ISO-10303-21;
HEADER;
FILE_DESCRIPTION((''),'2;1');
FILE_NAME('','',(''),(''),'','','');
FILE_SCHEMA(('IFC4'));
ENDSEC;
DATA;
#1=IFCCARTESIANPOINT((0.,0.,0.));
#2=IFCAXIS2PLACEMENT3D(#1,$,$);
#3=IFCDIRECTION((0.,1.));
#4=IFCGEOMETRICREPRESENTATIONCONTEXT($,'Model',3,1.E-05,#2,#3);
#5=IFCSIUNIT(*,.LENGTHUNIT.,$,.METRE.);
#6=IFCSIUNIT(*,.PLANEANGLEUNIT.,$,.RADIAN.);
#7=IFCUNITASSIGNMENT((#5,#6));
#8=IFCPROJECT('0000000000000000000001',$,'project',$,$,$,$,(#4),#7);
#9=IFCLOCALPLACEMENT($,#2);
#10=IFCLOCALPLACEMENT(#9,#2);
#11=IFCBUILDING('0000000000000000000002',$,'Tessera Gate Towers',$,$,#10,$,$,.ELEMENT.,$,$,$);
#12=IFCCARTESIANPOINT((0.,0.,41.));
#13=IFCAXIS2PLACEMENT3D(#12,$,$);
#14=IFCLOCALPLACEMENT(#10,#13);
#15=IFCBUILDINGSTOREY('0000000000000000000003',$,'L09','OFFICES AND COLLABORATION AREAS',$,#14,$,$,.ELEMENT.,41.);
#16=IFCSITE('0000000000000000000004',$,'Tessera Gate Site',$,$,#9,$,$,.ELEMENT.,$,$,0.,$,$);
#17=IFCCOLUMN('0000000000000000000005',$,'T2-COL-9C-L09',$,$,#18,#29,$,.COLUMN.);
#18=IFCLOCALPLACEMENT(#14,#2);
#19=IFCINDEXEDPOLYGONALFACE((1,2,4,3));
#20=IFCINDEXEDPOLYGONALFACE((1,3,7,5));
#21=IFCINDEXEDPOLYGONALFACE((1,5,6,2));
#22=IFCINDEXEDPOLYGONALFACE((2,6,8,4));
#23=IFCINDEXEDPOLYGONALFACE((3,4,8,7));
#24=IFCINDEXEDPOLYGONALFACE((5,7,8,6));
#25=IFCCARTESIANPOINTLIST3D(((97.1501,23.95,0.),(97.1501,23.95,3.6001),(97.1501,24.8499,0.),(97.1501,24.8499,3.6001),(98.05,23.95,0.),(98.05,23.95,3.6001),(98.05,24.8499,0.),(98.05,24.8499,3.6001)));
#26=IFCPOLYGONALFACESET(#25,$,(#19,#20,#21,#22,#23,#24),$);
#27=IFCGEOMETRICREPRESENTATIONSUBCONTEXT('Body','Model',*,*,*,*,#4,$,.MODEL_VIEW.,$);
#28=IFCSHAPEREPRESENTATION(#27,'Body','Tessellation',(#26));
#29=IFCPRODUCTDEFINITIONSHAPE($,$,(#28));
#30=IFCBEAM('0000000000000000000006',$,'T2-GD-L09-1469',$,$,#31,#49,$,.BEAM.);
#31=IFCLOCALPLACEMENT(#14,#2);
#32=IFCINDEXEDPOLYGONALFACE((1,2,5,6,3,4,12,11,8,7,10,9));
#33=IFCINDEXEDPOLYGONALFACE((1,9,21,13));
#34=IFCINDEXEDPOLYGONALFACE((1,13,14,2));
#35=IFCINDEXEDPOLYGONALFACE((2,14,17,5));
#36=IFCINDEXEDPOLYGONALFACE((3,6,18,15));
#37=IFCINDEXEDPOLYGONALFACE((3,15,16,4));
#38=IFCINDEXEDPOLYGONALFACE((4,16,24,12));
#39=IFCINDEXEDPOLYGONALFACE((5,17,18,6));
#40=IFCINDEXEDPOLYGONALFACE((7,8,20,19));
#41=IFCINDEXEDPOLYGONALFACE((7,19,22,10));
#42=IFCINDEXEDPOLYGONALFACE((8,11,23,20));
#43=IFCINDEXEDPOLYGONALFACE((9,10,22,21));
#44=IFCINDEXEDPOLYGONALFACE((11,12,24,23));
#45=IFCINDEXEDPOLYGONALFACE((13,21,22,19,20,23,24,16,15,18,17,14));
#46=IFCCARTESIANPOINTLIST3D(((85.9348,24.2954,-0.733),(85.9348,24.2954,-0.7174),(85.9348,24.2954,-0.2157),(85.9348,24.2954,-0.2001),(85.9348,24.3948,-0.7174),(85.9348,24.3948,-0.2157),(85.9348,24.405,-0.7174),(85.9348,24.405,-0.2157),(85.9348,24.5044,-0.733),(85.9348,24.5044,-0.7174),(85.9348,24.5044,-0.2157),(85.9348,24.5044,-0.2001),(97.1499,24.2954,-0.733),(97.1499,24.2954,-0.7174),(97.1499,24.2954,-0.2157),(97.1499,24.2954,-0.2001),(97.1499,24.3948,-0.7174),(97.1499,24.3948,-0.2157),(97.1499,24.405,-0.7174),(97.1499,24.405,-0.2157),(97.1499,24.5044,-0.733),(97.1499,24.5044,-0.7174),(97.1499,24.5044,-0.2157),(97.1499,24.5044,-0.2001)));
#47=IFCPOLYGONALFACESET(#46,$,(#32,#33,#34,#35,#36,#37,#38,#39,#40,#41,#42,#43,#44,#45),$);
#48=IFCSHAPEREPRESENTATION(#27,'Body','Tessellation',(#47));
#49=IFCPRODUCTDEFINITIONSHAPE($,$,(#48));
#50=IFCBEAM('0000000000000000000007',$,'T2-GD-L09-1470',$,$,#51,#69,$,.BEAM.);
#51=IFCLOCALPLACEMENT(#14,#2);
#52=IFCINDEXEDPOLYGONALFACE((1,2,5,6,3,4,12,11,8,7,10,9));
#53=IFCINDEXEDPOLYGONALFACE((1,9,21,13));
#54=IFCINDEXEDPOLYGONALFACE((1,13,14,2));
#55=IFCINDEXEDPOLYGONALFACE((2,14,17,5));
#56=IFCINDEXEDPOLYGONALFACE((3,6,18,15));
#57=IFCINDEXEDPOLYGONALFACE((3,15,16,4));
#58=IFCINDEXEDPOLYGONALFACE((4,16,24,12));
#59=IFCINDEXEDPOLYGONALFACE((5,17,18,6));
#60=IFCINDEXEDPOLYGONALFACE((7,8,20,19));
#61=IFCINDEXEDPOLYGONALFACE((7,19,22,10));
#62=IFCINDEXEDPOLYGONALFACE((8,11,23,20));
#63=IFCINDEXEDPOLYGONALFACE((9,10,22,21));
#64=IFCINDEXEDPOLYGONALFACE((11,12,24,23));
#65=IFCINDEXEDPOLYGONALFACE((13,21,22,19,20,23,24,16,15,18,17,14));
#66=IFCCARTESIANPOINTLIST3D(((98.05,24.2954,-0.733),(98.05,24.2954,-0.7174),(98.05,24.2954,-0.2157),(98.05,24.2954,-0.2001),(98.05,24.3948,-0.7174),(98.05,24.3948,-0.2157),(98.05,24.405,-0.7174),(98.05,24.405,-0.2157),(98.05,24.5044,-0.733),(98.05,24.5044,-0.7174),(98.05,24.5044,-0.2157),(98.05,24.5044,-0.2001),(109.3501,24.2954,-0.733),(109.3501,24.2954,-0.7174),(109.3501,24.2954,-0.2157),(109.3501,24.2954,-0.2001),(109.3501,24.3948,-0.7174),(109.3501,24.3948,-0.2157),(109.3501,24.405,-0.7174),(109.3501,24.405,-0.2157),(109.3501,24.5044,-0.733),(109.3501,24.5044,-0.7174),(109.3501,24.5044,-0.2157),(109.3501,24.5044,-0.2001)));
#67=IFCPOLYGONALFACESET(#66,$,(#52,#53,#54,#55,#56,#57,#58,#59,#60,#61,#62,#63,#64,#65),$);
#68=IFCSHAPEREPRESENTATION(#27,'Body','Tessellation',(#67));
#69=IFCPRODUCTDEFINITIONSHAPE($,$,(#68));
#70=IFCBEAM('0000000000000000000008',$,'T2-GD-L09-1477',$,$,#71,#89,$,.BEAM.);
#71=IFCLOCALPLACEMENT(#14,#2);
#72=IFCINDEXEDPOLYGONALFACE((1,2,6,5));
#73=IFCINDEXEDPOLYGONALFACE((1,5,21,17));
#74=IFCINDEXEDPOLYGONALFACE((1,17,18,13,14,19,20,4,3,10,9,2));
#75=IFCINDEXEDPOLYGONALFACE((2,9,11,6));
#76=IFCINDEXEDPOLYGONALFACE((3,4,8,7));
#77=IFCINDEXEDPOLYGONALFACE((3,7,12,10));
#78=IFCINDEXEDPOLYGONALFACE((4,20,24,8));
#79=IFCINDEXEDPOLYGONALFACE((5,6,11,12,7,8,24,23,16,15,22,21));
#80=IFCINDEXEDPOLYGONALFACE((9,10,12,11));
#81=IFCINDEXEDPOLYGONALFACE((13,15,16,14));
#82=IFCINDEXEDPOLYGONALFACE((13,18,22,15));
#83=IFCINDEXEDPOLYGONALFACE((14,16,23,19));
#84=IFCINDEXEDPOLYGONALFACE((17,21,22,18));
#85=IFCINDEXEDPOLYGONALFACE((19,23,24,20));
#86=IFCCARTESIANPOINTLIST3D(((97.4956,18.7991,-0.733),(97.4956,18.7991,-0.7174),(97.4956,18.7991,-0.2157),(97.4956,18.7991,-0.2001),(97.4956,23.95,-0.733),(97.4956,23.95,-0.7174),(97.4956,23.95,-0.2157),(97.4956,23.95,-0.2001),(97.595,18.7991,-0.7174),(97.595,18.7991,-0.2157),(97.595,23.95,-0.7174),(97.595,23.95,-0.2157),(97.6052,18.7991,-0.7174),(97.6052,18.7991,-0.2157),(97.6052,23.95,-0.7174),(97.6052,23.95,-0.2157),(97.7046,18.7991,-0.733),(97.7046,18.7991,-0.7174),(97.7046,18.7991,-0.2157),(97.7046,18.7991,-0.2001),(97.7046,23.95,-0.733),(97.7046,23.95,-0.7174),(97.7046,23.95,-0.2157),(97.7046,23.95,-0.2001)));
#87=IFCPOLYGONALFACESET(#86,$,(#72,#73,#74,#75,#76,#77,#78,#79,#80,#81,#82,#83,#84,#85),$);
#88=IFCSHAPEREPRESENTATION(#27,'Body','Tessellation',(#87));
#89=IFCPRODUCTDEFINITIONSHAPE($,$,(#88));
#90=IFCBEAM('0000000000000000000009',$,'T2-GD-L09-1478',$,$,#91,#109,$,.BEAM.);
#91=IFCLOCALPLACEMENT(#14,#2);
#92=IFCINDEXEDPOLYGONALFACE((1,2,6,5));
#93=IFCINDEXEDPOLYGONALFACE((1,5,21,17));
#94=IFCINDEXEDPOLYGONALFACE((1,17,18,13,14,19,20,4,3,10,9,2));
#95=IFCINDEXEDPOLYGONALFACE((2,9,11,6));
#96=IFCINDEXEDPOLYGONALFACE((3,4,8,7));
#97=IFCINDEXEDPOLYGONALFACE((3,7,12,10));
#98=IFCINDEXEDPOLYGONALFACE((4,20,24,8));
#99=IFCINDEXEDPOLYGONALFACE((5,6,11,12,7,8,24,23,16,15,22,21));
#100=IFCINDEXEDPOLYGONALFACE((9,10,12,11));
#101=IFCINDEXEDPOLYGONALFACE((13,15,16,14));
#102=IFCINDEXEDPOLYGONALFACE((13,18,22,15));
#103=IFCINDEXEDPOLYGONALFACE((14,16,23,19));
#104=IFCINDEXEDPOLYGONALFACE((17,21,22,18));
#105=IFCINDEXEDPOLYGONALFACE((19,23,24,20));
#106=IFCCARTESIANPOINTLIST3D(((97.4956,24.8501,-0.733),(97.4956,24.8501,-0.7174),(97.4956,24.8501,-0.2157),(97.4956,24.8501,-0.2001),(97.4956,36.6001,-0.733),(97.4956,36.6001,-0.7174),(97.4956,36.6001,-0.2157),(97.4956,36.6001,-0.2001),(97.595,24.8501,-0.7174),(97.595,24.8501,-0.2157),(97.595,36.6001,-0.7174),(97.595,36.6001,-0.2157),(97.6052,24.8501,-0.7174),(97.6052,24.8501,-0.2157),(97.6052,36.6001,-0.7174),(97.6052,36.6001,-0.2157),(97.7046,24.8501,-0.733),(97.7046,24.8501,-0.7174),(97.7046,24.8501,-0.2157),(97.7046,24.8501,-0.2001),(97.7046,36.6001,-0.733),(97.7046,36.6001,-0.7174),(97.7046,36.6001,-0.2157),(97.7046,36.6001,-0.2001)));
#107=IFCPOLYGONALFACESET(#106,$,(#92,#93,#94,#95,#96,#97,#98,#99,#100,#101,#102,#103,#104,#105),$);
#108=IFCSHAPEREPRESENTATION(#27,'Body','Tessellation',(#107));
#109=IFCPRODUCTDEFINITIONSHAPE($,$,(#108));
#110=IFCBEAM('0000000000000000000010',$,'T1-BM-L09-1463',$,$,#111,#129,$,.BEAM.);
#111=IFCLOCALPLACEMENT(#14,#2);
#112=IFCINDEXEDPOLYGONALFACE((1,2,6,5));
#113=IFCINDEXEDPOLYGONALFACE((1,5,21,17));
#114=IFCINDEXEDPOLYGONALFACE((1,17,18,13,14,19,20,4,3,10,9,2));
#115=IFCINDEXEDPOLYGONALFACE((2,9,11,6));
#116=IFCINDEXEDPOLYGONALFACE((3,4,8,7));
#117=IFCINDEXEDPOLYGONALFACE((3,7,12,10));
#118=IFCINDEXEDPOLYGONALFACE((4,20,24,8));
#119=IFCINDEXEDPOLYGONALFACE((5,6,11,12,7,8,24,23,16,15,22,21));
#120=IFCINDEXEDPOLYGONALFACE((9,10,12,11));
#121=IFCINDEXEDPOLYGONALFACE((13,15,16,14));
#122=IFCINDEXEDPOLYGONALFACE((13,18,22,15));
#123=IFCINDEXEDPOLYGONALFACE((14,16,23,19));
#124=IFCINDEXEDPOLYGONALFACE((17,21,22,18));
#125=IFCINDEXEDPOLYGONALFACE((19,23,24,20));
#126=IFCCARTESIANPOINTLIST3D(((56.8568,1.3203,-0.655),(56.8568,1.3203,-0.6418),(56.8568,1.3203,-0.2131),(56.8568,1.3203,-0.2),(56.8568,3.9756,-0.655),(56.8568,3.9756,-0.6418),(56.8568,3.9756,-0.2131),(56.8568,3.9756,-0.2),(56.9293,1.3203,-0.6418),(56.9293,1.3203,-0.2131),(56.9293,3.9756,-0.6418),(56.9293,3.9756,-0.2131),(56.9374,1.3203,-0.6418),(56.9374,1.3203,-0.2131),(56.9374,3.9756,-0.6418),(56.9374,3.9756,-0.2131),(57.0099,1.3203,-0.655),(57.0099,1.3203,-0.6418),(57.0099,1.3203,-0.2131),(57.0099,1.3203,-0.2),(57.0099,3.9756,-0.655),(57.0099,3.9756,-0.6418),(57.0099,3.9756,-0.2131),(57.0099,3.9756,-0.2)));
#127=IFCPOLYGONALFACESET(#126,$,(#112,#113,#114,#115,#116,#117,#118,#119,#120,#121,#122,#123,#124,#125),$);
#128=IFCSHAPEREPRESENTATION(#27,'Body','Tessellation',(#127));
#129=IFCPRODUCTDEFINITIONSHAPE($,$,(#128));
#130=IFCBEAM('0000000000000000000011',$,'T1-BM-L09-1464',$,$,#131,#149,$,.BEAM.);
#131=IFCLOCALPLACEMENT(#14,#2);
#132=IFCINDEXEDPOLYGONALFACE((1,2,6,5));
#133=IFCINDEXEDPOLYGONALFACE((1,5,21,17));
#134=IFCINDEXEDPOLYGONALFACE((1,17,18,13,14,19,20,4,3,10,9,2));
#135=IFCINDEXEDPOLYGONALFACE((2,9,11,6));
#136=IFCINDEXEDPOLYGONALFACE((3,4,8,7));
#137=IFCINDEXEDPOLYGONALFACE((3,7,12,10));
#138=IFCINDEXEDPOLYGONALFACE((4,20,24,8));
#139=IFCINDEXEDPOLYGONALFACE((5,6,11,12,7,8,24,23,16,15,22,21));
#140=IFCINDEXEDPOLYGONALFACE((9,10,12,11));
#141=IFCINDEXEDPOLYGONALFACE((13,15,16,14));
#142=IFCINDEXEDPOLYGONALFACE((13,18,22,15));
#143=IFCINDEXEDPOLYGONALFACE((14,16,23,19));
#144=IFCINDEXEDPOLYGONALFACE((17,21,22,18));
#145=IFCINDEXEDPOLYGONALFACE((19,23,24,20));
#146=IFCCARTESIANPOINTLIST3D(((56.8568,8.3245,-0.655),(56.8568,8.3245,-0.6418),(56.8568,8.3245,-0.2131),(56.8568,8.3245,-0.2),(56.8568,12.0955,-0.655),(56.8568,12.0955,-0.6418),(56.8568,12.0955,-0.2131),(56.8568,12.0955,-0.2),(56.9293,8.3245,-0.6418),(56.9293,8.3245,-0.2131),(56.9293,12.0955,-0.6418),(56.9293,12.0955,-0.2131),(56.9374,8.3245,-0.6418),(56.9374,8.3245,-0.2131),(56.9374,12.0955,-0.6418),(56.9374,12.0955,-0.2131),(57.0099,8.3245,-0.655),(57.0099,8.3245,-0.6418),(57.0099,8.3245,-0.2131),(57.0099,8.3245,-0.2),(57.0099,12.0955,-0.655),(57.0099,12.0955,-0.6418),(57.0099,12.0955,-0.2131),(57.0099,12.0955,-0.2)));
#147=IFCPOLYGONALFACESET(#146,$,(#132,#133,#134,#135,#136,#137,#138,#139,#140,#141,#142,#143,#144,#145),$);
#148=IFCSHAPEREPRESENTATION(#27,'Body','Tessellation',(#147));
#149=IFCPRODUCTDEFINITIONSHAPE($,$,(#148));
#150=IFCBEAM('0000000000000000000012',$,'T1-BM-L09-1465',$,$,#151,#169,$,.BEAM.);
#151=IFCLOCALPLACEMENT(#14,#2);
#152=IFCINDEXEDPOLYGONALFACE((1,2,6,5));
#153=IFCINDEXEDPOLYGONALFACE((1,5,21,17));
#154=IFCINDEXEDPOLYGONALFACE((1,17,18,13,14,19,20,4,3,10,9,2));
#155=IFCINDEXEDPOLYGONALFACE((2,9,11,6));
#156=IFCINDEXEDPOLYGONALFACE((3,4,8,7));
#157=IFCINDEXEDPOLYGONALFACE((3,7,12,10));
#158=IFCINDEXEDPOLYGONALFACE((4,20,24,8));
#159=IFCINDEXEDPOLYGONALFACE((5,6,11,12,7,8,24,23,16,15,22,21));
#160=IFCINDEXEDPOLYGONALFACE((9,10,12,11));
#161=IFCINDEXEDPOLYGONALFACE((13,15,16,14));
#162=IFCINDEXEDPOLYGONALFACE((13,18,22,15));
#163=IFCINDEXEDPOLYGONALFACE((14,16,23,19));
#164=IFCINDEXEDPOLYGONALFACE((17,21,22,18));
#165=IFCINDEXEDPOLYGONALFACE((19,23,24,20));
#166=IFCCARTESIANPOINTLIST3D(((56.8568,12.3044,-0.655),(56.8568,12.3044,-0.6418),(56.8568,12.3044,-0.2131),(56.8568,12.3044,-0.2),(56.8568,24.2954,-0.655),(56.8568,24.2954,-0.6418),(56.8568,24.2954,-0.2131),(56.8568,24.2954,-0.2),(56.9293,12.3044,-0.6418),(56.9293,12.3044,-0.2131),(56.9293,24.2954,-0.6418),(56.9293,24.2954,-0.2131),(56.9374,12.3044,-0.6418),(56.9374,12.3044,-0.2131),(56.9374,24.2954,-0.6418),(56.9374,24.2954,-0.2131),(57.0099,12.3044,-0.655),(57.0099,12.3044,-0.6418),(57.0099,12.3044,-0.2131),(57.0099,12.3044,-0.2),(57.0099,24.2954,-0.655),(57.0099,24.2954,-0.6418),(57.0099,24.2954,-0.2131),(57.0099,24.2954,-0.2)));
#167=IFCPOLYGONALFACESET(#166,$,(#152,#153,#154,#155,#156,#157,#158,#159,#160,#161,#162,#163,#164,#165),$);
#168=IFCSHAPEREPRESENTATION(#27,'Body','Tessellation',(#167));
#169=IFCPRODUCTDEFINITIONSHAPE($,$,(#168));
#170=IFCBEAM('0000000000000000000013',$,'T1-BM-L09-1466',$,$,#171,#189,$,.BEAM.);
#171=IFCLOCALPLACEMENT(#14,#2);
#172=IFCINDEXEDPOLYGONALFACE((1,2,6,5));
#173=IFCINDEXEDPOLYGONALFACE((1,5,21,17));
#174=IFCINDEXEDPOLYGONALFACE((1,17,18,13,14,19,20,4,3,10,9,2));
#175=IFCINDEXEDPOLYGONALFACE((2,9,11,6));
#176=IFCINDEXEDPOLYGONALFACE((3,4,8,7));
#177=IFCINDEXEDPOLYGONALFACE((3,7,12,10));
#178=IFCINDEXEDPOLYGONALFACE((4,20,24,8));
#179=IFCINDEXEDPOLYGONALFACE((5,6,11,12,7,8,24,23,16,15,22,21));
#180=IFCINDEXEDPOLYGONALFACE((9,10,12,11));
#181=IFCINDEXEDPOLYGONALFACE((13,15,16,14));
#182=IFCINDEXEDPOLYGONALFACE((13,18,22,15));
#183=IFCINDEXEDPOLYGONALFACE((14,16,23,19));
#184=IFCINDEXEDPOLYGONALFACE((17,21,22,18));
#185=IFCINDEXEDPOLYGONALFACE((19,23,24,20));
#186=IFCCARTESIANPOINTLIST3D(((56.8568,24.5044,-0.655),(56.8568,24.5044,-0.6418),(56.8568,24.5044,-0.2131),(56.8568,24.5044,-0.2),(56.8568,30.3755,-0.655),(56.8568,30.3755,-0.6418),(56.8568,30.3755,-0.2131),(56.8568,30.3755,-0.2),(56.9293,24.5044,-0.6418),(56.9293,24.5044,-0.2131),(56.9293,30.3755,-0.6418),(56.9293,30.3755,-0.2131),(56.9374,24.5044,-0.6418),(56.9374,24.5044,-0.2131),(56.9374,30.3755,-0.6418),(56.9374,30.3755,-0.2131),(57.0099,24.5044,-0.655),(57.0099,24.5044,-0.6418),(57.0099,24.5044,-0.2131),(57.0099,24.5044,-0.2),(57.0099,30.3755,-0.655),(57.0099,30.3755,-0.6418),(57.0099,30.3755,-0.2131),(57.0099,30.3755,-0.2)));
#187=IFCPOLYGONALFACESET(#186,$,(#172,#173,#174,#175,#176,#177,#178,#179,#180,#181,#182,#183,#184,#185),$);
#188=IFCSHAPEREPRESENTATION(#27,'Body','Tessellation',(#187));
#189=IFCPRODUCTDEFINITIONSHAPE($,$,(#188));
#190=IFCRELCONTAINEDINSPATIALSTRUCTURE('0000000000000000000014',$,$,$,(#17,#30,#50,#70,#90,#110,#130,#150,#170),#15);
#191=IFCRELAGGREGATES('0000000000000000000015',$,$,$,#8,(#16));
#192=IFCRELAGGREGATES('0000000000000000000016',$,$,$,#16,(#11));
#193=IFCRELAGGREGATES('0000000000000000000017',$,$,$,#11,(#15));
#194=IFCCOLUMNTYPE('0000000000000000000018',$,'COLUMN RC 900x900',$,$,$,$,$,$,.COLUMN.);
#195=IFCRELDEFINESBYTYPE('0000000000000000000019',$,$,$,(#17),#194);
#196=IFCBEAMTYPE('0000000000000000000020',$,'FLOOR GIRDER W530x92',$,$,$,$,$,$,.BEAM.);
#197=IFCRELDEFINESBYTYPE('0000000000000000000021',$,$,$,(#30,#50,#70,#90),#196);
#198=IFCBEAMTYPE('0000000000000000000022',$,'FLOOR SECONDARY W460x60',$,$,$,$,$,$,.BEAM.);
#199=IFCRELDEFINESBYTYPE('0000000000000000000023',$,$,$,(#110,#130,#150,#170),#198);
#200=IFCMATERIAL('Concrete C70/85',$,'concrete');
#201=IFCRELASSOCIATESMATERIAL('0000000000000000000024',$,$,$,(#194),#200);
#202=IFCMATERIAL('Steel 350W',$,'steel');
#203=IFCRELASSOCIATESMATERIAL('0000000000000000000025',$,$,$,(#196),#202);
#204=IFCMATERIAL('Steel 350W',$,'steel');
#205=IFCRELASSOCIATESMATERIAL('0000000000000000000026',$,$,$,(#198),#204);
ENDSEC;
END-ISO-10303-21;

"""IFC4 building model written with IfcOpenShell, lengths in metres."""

from ifc_helpers import new_model, si_unit, direction, frame, origin, origin_2d, place, context, subcontext, project, spatial, rectangle, i_section, extrude, material, material_profile, profile_set, type_object, element, save


model = new_model("IFC4")

# Units and contexts
model_context = context("Model", 3, precision=1e-05, world=origin(), true_north=direction((0.0, 1.0)))
body_context = subcontext(model_context, "Body", "Model", "MODEL_VIEW")
ifc_project = project(units=[si_unit("LENGTHUNIT", "METRE"), si_unit("PLANEANGLEUNIT", "RADIAN")], contexts=[model_context])

# Site, building, storey
site_placement = place(None, origin())
site = spatial("IfcSite", under=ifc_project, at=site_placement, Name="Tessera Gate Site", CompositionType="ELEMENT", RefElevation=0.0)
building_placement = place(site_placement, origin())
building = spatial("IfcBuilding", under=site, at=building_placement, Name="Tessera Gate Towers", CompositionType="ELEMENT")
storey_placement = place(building_placement, frame((0.0, 0.0, 41.0)))
storey = spatial("IfcBuildingStorey", under=building, at=storey_placement, Name="L09", Description="OFFICES AND COLLABORATION AREAS", CompositionType="ELEMENT", Elevation=41.0)

# Column
ifc_material_1 = material(Name="Concrete C70/85", Category="concrete")
ifc_material_profile_1 = material_profile(ifc_material_1, rectangle(XDim=0.8999, YDim=0.8999, at=origin_2d()), Name="RC 900x900")
ifc_profile_set_1 = profile_set([ifc_material_profile_1], Name="Concrete C70/85")
column_type = type_object("IfcColumnType", Name="COLUMN RC 900x900", PredefinedType="COLUMN", material=ifc_profile_set_1)
column_placement = place(storey_placement, frame((97.6001, 24.3999, 0.0), z_axis=(0.0, 0.0, 1.0), x_axis=(1.0, 0.0, 0.0)))
element("IfcColumn", 1, at=column_placement, inside=storey, type_object=column_type, Name="T2-COL-9C-L09", PredefinedType="COLUMN", context=body_context, shape_type="SweptSolid", body=[
    extrude(rectangle(XDim=0.8999, YDim=0.8999, at=origin_2d()), origin(), (0.0, 0.0, 1.0), 3.6001),
])

# Beams
ifc_material_2 = material(Name="Steel 350W", Category="steel")
ifc_material_profile_2 = material_profile(ifc_material_2, i_section(OverallWidth=0.209, OverallDepth=0.533, WebThickness=0.0103, FlangeThickness=0.0156, at=origin_2d()), Name="W530x92")
ifc_profile_set_2 = profile_set([ifc_material_profile_2], Name="Steel 350W")
beam_type_1 = type_object("IfcBeamType", Name="FLOOR GIRDER W530x92", PredefinedType="BEAM", material=ifc_profile_set_2)
beam_1_placement = place(storey_placement, frame((85.9348, 24.3999, -0.4666), z_axis=(1.0, 0.0, 0.0), x_axis=(0.0, 1.0, 0.0)))
element("IfcBeam", 2, at=beam_1_placement, inside=storey, type_object=beam_type_1, Name="T2-GD-L09-1469", PredefinedType="BEAM", context=body_context, shape_type="SweptSolid", body=[
    extrude(i_section(OverallWidth=0.209, OverallDepth=0.533, WebThickness=0.0103, FlangeThickness=0.0156, at=origin_2d()), origin(), (0.0, 0.0, 1.0), 11.2151),
])
beam_2_placement = place(storey_placement, frame((98.05, 24.3999, -0.4666), z_axis=(1.0, 0.0, 0.0), x_axis=(0.0, 1.0, 0.0)))
element("IfcBeam", 3, at=beam_2_placement, inside=storey, type_object=beam_type_1, Name="T2-GD-L09-1470", PredefinedType="BEAM", context=body_context, shape_type="SweptSolid", body=[
    extrude(i_section(OverallWidth=0.209, OverallDepth=0.533, WebThickness=0.0103, FlangeThickness=0.0156, at=origin_2d()), origin(), (0.0, 0.0, 1.0), 11.3),
])
beam_3_placement = place(storey_placement, frame((97.6001, 18.7991, -0.4666), z_axis=(0.0, 1.0, 0.0), x_axis=(-1.0, 0.0, 0.0)))
element("IfcBeam", 4, at=beam_3_placement, inside=storey, type_object=beam_type_1, Name="T2-GD-L09-1477", PredefinedType="BEAM", context=body_context, shape_type="SweptSolid", body=[
    extrude(i_section(OverallWidth=0.209, OverallDepth=0.533, WebThickness=0.0103, FlangeThickness=0.0156, at=origin_2d()), origin(), (0.0, 0.0, 1.0), 5.1509),
])
beam_4_placement = place(storey_placement, frame((97.6001, 24.8501, -0.4666), z_axis=(0.0, 1.0, 0.0), x_axis=(-1.0, 0.0, 0.0)))
element("IfcBeam", 5, at=beam_4_placement, inside=storey, type_object=beam_type_1, Name="T2-GD-L09-1478", PredefinedType="BEAM", context=body_context, shape_type="SweptSolid", body=[
    extrude(i_section(OverallWidth=0.209, OverallDepth=0.533, WebThickness=0.0103, FlangeThickness=0.0156, at=origin_2d()), origin(), (0.0, 0.0, 1.0), 11.75),
])
ifc_material_3 = material(Name="Steel 350W", Category="steel")
ifc_material_profile_3 = material_profile(ifc_material_3, i_section(OverallWidth=0.1531, OverallDepth=0.4551, WebThickness=0.0081, FlangeThickness=0.0132, at=origin_2d()), Name="W460x60")
ifc_profile_set_3 = profile_set([ifc_material_profile_3], Name="Steel 350W")
beam_type_2 = type_object("IfcBeamType", Name="FLOOR SECONDARY W460x60", PredefinedType="BEAM", material=ifc_profile_set_3)
beam_5_placement = place(storey_placement, frame((56.9333, 1.3203, -0.4275), z_axis=(0.0, 1.0, 0.0), x_axis=(-1.0, 0.0, 0.0)))
element("IfcBeam", 6, at=beam_5_placement, inside=storey, type_object=beam_type_2, Name="T1-BM-L09-1463", PredefinedType="BEAM", context=body_context, shape_type="SweptSolid", body=[
    extrude(i_section(OverallWidth=0.1531, OverallDepth=0.4551, WebThickness=0.0081, FlangeThickness=0.0132, at=origin_2d()), origin(), (0.0, 0.0, 1.0), 2.6553),
])
beam_6_placement = place(storey_placement, frame((56.9333, 8.3245, -0.4275), z_axis=(0.0, 1.0, 0.0), x_axis=(-1.0, 0.0, 0.0)))
element("IfcBeam", 7, at=beam_6_placement, inside=storey, type_object=beam_type_2, Name="T1-BM-L09-1464", PredefinedType="BEAM", context=body_context, shape_type="SweptSolid", body=[
    extrude(i_section(OverallWidth=0.1531, OverallDepth=0.4551, WebThickness=0.0081, FlangeThickness=0.0132, at=origin_2d()), origin(), (0.0, 0.0, 1.0), 3.771),
])
beam_7_placement = place(storey_placement, frame((56.9333, 12.3044, -0.4275), z_axis=(0.0, 1.0, 0.0), x_axis=(-1.0, 0.0, 0.0)))
element("IfcBeam", 8, at=beam_7_placement, inside=storey, type_object=beam_type_2, Name="T1-BM-L09-1465", PredefinedType="BEAM", context=body_context, shape_type="SweptSolid", body=[
    extrude(i_section(OverallWidth=0.1531, OverallDepth=0.4551, WebThickness=0.0081, FlangeThickness=0.0132, at=origin_2d()), origin(), (0.0, 0.0, 1.0), 11.991),
])
beam_8_placement = place(storey_placement, frame((56.9333, 24.5044, -0.4275), z_axis=(0.0, 1.0, 0.0), x_axis=(-1.0, 0.0, 0.0)))
element("IfcBeam", 9, at=beam_8_placement, inside=storey, type_object=beam_type_2, Name="T1-BM-L09-1466", PredefinedType="BEAM", context=body_context, shape_type="SweptSolid", body=[
    extrude(i_section(OverallWidth=0.1531, OverallDepth=0.4551, WebThickness=0.0081, FlangeThickness=0.0132, at=origin_2d()), origin(), (0.0, 0.0, 1.0), 5.8711),
])

save(model, "model.ifc")
